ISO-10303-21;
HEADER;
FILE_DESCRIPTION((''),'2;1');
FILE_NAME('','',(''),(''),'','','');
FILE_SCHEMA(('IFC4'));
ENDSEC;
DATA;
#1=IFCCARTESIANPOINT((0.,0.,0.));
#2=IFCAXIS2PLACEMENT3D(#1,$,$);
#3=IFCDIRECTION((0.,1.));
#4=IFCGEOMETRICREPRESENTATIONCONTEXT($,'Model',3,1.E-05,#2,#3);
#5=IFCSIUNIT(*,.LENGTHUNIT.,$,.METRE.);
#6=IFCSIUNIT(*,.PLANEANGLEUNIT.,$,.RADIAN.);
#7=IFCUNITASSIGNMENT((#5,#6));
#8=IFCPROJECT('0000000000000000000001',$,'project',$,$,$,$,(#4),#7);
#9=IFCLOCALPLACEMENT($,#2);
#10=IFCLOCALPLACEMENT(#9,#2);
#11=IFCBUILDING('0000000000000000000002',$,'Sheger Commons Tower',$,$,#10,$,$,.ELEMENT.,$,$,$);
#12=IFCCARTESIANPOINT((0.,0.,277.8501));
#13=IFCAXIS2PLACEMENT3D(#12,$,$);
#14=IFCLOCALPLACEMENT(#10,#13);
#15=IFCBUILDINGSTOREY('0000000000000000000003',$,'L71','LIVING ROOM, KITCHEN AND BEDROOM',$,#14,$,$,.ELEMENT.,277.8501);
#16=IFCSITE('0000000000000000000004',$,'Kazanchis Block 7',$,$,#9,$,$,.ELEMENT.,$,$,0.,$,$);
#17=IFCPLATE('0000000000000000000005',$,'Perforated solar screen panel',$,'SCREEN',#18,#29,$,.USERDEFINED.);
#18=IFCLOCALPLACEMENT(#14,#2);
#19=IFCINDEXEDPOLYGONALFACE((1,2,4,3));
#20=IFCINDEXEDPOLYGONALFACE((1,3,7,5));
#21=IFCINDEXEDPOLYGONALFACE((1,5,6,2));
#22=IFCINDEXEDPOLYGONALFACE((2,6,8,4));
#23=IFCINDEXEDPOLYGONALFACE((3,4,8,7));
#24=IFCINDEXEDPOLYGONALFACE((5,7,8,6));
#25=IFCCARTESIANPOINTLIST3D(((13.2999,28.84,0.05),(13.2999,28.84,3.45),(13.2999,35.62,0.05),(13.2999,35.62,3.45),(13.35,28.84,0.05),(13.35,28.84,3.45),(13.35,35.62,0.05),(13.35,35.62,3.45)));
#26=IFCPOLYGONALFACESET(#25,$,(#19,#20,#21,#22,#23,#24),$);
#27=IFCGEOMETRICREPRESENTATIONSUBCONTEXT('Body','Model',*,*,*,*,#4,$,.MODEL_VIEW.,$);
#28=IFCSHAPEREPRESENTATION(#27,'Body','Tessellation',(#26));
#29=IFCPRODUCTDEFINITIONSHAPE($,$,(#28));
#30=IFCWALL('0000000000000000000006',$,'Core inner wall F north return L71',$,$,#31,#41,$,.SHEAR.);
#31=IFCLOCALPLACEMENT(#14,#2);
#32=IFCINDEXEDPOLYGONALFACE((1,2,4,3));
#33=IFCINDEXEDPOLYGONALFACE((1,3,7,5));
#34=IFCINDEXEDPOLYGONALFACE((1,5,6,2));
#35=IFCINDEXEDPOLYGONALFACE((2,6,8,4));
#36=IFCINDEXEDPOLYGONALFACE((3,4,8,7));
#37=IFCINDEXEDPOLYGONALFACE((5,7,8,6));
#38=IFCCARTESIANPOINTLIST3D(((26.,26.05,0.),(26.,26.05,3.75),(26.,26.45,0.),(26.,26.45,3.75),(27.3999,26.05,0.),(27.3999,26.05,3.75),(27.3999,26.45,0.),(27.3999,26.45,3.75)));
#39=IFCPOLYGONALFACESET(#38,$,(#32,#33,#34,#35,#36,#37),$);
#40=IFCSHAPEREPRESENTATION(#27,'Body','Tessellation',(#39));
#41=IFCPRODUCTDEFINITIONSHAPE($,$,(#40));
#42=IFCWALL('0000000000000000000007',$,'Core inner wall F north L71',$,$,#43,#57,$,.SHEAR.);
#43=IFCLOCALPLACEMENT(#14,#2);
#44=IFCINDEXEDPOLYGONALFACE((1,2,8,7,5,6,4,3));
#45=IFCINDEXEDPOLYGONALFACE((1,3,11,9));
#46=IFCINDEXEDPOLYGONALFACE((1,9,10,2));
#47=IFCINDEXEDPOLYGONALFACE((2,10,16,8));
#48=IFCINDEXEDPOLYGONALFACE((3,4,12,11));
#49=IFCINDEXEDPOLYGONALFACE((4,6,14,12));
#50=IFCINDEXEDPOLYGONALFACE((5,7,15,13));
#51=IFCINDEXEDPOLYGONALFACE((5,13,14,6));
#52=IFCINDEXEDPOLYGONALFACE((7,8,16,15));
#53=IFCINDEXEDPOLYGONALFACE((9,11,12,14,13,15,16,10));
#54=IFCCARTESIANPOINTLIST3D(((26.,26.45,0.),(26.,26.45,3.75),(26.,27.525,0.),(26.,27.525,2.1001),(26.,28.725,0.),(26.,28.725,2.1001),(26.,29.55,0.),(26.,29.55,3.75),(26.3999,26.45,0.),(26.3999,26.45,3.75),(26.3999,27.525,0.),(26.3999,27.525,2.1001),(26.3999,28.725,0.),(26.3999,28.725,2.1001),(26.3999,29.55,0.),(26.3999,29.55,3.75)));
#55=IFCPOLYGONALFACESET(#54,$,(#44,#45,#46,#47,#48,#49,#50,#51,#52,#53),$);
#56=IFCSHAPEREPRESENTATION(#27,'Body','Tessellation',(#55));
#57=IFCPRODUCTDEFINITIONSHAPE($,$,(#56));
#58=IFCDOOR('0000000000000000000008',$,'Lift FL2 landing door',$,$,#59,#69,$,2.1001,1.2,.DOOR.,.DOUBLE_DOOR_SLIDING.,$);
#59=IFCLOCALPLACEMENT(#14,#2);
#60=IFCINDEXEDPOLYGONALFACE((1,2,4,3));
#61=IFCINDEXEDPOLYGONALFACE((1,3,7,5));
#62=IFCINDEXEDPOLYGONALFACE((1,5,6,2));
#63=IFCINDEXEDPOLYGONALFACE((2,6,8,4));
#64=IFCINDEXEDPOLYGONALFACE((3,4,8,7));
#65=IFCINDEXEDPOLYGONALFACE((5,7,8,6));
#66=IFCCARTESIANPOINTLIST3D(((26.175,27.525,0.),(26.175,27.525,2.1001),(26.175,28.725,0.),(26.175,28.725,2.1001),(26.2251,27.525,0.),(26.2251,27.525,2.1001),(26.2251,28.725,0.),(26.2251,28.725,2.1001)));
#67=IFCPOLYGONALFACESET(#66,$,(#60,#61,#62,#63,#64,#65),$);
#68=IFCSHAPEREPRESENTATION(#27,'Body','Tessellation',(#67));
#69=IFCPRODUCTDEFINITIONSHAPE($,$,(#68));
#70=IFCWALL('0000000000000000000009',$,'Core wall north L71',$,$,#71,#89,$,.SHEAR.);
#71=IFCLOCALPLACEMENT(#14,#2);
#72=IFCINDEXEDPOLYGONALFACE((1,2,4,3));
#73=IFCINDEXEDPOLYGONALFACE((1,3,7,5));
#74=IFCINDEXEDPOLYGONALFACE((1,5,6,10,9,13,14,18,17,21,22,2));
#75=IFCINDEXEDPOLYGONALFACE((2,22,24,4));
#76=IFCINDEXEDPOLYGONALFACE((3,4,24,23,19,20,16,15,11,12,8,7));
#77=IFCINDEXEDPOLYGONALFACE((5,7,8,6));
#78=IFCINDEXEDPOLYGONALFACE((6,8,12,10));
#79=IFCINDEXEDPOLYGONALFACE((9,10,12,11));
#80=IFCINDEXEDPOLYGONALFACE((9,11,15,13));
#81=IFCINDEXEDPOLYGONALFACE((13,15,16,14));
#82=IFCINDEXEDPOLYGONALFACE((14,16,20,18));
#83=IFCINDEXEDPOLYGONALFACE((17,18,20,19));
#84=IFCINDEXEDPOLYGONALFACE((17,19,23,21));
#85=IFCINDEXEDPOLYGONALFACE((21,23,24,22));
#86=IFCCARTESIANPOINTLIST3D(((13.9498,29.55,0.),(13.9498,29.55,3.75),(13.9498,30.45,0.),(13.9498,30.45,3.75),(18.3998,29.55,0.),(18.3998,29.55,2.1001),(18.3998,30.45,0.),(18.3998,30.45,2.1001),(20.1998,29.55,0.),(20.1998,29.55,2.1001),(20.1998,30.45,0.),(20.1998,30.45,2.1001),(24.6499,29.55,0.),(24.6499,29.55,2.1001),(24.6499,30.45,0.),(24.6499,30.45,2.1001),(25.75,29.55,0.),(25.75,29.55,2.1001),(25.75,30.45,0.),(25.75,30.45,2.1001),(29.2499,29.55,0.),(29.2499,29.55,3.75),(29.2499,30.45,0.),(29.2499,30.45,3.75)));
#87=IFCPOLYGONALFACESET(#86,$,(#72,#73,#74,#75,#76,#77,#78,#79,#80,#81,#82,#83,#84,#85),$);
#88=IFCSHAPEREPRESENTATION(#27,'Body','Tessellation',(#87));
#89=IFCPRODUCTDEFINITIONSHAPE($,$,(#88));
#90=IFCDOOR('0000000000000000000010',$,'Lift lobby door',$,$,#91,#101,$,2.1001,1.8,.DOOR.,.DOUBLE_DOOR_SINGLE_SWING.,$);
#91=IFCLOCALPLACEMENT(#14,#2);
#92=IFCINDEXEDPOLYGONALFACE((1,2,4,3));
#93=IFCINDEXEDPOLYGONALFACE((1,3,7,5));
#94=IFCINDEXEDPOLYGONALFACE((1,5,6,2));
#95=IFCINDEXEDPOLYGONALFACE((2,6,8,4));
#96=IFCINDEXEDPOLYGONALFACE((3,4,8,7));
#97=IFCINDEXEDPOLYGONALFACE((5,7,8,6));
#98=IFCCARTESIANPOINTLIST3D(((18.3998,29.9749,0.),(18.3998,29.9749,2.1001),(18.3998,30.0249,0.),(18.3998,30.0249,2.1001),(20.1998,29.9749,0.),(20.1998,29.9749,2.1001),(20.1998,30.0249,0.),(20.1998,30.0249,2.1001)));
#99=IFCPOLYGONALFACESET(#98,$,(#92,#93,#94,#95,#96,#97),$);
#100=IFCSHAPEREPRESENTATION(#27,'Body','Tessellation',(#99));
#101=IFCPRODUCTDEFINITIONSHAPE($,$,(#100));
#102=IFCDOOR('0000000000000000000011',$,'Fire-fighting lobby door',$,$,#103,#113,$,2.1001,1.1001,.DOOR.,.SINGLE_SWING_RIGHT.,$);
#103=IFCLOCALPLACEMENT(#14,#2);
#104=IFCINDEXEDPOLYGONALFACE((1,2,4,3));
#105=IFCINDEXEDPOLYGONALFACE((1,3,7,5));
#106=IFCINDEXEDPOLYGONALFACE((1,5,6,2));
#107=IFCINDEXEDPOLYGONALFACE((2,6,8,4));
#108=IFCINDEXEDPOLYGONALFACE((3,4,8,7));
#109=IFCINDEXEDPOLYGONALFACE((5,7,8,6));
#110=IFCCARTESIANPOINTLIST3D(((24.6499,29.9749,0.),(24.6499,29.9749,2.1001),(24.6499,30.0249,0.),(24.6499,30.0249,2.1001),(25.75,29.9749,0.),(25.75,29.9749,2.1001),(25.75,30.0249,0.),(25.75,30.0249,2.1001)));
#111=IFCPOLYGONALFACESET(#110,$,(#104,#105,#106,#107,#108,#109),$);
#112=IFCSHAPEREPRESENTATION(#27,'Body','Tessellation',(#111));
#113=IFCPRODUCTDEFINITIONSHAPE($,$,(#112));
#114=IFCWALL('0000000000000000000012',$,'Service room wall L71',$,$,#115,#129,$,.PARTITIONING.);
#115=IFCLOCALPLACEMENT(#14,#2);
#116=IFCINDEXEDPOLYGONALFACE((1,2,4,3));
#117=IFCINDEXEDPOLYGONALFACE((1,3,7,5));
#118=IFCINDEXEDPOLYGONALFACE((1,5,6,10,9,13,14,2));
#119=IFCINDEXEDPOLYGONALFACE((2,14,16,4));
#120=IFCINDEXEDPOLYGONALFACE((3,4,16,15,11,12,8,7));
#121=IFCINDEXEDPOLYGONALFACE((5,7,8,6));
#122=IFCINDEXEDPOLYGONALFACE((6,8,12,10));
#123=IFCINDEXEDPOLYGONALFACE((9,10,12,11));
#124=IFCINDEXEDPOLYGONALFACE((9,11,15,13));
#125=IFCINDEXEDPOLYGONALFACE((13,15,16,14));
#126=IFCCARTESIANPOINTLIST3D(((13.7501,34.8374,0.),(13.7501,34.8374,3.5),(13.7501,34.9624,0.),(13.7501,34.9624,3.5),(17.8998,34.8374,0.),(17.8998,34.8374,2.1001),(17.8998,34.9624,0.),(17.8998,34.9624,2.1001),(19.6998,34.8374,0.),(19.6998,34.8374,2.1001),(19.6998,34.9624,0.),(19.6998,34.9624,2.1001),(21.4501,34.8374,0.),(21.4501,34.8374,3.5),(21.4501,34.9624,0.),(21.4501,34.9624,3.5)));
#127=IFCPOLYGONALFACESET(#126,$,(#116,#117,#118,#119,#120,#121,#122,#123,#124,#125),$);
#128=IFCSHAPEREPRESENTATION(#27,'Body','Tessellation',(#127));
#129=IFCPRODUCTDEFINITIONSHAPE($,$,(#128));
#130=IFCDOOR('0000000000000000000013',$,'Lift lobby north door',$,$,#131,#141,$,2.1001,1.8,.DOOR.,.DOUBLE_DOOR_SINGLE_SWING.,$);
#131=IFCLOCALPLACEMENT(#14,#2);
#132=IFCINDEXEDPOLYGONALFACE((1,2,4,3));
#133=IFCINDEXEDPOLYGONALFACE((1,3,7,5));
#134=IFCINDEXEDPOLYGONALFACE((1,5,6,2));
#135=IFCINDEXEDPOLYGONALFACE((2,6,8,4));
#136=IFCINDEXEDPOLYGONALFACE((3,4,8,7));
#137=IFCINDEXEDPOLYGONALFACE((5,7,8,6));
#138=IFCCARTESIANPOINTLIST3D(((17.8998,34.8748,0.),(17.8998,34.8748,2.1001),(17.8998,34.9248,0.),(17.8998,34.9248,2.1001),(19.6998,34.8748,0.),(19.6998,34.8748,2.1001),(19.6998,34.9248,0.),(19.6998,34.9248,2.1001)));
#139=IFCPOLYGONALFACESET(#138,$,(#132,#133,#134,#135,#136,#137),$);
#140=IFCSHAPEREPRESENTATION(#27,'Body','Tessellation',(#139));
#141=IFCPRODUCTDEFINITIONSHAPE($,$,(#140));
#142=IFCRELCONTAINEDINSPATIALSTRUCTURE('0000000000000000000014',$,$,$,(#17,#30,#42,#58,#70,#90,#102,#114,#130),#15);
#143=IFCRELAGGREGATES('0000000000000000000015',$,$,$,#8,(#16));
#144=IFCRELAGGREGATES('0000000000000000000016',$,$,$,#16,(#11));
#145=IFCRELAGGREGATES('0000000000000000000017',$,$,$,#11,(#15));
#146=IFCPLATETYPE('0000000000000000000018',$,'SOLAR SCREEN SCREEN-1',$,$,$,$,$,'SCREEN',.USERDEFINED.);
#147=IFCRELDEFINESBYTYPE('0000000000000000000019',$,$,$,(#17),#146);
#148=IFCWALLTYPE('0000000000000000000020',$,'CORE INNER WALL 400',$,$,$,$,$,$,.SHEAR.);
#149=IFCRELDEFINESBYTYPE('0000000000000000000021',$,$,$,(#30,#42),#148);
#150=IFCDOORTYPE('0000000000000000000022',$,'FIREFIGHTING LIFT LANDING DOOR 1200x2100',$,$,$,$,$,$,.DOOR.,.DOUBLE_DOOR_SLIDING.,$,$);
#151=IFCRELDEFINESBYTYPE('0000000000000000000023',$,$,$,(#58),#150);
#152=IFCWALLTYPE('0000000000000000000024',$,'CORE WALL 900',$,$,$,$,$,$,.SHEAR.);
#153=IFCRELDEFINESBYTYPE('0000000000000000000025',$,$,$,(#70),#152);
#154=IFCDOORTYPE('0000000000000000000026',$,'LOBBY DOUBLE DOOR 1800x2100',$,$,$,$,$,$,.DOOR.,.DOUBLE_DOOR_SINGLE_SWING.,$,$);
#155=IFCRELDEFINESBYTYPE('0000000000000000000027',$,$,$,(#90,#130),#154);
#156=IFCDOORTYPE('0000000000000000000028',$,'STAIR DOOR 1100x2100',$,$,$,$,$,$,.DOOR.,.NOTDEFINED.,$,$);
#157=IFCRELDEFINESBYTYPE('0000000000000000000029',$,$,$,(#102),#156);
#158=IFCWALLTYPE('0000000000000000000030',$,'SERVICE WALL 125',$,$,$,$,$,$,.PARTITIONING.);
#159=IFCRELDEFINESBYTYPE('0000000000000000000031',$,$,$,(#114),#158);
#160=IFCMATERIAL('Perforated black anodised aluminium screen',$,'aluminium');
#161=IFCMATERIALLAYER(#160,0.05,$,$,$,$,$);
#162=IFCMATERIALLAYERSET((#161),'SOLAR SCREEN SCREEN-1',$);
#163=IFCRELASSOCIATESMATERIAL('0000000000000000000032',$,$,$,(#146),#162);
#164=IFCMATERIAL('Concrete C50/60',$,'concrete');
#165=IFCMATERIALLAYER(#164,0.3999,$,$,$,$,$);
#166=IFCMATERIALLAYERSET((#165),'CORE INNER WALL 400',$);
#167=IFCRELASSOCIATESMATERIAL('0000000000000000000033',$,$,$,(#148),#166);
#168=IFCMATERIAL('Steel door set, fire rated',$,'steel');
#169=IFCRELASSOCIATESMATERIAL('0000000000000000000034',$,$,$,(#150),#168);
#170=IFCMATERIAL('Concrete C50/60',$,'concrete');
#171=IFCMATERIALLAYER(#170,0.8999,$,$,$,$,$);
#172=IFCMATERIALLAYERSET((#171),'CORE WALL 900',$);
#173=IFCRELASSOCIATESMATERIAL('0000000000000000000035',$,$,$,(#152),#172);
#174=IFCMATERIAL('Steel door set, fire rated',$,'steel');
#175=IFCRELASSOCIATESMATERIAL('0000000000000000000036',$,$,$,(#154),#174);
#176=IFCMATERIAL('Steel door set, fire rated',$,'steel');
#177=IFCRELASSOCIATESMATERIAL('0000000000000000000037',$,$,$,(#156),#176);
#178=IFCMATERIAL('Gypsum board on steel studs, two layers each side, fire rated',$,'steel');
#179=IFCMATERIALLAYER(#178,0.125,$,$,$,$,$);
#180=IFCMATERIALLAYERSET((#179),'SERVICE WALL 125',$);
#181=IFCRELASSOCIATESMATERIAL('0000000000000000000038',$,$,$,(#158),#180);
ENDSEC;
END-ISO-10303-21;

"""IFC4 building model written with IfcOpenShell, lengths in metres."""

from ifc_helpers import new_model, si_unit, direction, frame, frame_2d, origin, origin_2d, place, context, subcontext, project, spatial, rectangle, extrude, material, layer, layer_set, type_object, element, fill, save


model = new_model("IFC4")

# Units and contexts
model_context = context("Model", 3, precision=1e-05, world=origin(), true_north=direction((0.0, 1.0)))
body_context = subcontext(model_context, "Body", "Model", "MODEL_VIEW")
ifc_project = project(units=[si_unit("LENGTHUNIT", "METRE"), si_unit("PLANEANGLEUNIT", "RADIAN")], contexts=[model_context])

# Site, building, storey
site_placement = place(None, origin())
site = spatial("IfcSite", under=ifc_project, at=site_placement, Name="Kazanchis Block 7", CompositionType="ELEMENT", RefElevation=0.0)
building_placement = place(site_placement, origin())
building = spatial("IfcBuilding", under=site, at=building_placement, Name="Sheger Commons Tower", CompositionType="ELEMENT")
storey_placement = place(building_placement, frame((0.0, 0.0, 277.8501)))
storey = spatial("IfcBuildingStorey", under=building, at=storey_placement, Name="L71", Description="LIVING ROOM, KITCHEN AND BEDROOM", CompositionType="ELEMENT", Elevation=277.8501)

# Plate
ifc_material_1 = material(Name="Perforated black anodised aluminium screen", Category="aluminium")
ifc_layer_1 = layer(ifc_material_1, 0.05)
ifc_layer_set_1 = layer_set([ifc_layer_1], Name="SOLAR SCREEN SCREEN-1")
plate_type = type_object("IfcPlateType", Name="SOLAR SCREEN SCREEN-1", ElementType="SCREEN", PredefinedType="USERDEFINED", material=ifc_layer_set_1)
plate_placement = place(storey_placement, frame((13.325, 32.23, 0.05), z_axis=(0.0, 0.0, 1.0), x_axis=(0.0, -1.0, 0.0)))
element("IfcPlate", 1, at=plate_placement, inside=storey, type_object=plate_type, Name="Perforated solar screen panel", ObjectType="SCREEN", PredefinedType="USERDEFINED", context=body_context, shape_type="SweptSolid", body=[
    extrude(rectangle(XDim=6.78, YDim=0.05, at=origin_2d()), origin(), (0.0, 0.0, 1.0), 3.3999),
])

# Wall
ifc_material_2 = material(Name="Concrete C50/60", Category="concrete")
ifc_layer_2 = layer(ifc_material_2, 0.3999)
ifc_layer_set_2 = layer_set([ifc_layer_2], Name="CORE INNER WALL 400")
wall_type_1 = type_object("IfcWallType", Name="CORE INNER WALL 400", PredefinedType="SHEAR", material=ifc_layer_set_2)
wall_1_placement = place(storey_placement, frame((26.0, 26.25, 0.0), z_axis=(0.0, 0.0, 1.0), x_axis=(1.0, 0.0, 0.0)))
element("IfcWall", 2, at=wall_1_placement, inside=storey, type_object=wall_type_1, Name="Core inner wall F north return L71", PredefinedType="SHEAR", context=body_context, shape_type="SweptSolid", body=[
    extrude(rectangle(XDim=1.3999, YDim=0.3999, at=frame_2d((0.7, 0.0))), origin(), (0.0, 0.0, 1.0), 3.75),
])

# Wall, opening, door
wall_2_placement = place(storey_placement, frame((26.2, 26.45, 0.0), z_axis=(0.0, 0.0, 1.0), x_axis=(0.0, 1.0, 0.0)))
wall_2 = element("IfcWall", 3, at=wall_2_placement, inside=storey, type_object=wall_type_1, Name="Core inner wall F north L71", PredefinedType="SHEAR", context=body_context, shape_type="SweptSolid", body=[
    extrude(rectangle(XDim=3.1001, YDim=0.3999, at=frame_2d((1.55, 0.0))), origin(), (0.0, 0.0, 1.0), 3.75),
])
opening_1_placement = place(wall_2_placement, frame((1.075, 0.0, 0.0)))
opening_1 = element("IfcOpeningElement", 4, at=opening_1_placement, cuts=wall_2, PredefinedType="OPENING", context=body_context, shape_type="SweptSolid", body=[
    extrude(rectangle(XDim=1.2, YDim=2.1001, at=frame_2d((0.6001, 1.05))), frame((0.0, 0.21, 0.0), z_axis=(0.0, -1.0, 0.0), x_axis=(1.0, 0.0, 0.0)), (0.0, 0.0, 1.0), 0.4199),
])
ifc_material_3 = material(Name="Steel door set, fire rated", Category="steel")
door_type_1 = type_object("IfcDoorType", Name="FIREFIGHTING LIFT LANDING DOOR 1200x2100", OperationType="DOUBLE_DOOR_SLIDING", PredefinedType="DOOR", material=ifc_material_3)
door_1_placement = place(opening_1_placement, origin())
door_1 = element("IfcDoor", 5, at=door_1_placement, inside=storey, type_object=door_type_1, Name="Lift FL2 landing door", OperationType="DOUBLE_DOOR_SLIDING", OverallHeight=2.1001, OverallWidth=1.2, PredefinedType="DOOR", context=body_context, shape_type="SweptSolid", body=[
    extrude(rectangle(XDim=1.2, YDim=2.1001, at=frame_2d((0.6001, 1.05))), frame((0.0, 0.0249, 0.0), z_axis=(0.0, -1.0, 0.0), x_axis=(1.0, 0.0, 0.0)), (0.0, 0.0, 1.0), 0.05),
])
fill(opening_1, door_1)

# Wall, openings, doors
ifc_material_4 = material(Name="Concrete C50/60", Category="concrete")
ifc_layer_3 = layer(ifc_material_4, 0.8999)
ifc_layer_set_3 = layer_set([ifc_layer_3], Name="CORE WALL 900")
wall_type_2 = type_object("IfcWallType", Name="CORE WALL 900", PredefinedType="SHEAR", material=ifc_layer_set_3)
wall_3_placement = place(storey_placement, frame((13.95, 30.0, 0.0), z_axis=(0.0, 0.0, 1.0), x_axis=(1.0, 0.0, 0.0)))
wall_3 = element("IfcWall", 6, at=wall_3_placement, inside=storey, type_object=wall_type_2, Name="Core wall north L71", PredefinedType="SHEAR", context=body_context, shape_type="SweptSolid", body=[
    extrude(rectangle(XDim=15.3, YDim=0.8999, at=frame_2d((7.6499, 0.0))), origin(), (0.0, 0.0, 1.0), 3.75),
])
opening_2_placement = place(wall_3_placement, frame((4.45, 0.0, 0.0)))
opening_2 = element("IfcOpeningElement", 7, at=opening_2_placement, cuts=wall_3, PredefinedType="OPENING", context=body_context, shape_type="SweptSolid", body=[
    extrude(rectangle(XDim=1.8, YDim=2.1001, at=frame_2d((0.8999, 1.05))), frame((0.0, 0.46, 0.0), z_axis=(0.0, -1.0, 0.0), x_axis=(1.0, 0.0, 0.0)), (0.0, 0.0, 1.0), 0.9199),
])
opening_3_placement = place(wall_3_placement, frame((10.7, 0.0, 0.0)))
opening_3 = element("IfcOpeningElement", 8, at=opening_3_placement, cuts=wall_3, PredefinedType="OPENING", context=body_context, shape_type="SweptSolid", body=[
    extrude(rectangle(XDim=1.1001, YDim=2.1001, at=frame_2d((0.55, 1.05))), frame((0.0, 0.46, 0.0), z_axis=(0.0, -1.0, 0.0), x_axis=(1.0, 0.0, 0.0)), (0.0, 0.0, 1.0), 0.9199),
])
ifc_material_5 = material(Name="Steel door set, fire rated", Category="steel")
door_type_2 = type_object("IfcDoorType", Name="LOBBY DOUBLE DOOR 1800x2100", OperationType="DOUBLE_DOOR_SINGLE_SWING", PredefinedType="DOOR", material=ifc_material_5)
door_2_placement = place(opening_2_placement, origin())
door_2 = element("IfcDoor", 9, at=door_2_placement, inside=storey, type_object=door_type_2, Name="Lift lobby door", OperationType="DOUBLE_DOOR_SINGLE_SWING", OverallHeight=2.1001, OverallWidth=1.8, PredefinedType="DOOR", context=body_context, shape_type="SweptSolid", body=[
    extrude(rectangle(XDim=1.8, YDim=2.1001, at=frame_2d((0.8999, 1.05))), frame((0.0, 0.0249, 0.0), z_axis=(0.0, -1.0, 0.0), x_axis=(1.0, 0.0, 0.0)), (0.0, 0.0, 1.0), 0.05),
])
fill(opening_2, door_2)
ifc_material_6 = material(Name="Steel door set, fire rated", Category="steel")
door_type_3 = type_object("IfcDoorType", Name="STAIR DOOR 1100x2100", OperationType="NOTDEFINED", PredefinedType="DOOR", material=ifc_material_6)
door_3_placement = place(opening_3_placement, origin())
door_3 = element("IfcDoor", 10, at=door_3_placement, inside=storey, type_object=door_type_3, Name="Fire-fighting lobby door", OperationType="SINGLE_SWING_RIGHT", OverallHeight=2.1001, OverallWidth=1.1001, PredefinedType="DOOR", context=body_context, shape_type="SweptSolid", body=[
    extrude(rectangle(XDim=1.1001, YDim=2.1001, at=frame_2d((0.55, 1.05))), frame((0.0, 0.0249, 0.0), z_axis=(0.0, -1.0, 0.0), x_axis=(1.0, 0.0, 0.0)), (0.0, 0.0, 1.0), 0.05),
])
fill(opening_3, door_3)

# Wall, opening, door
ifc_material_7 = material(Name="Gypsum board on steel studs, two layers each side, fire rated", Category="steel")
ifc_layer_4 = layer(ifc_material_7, 0.125)
ifc_layer_set_4 = layer_set([ifc_layer_4], Name="SERVICE WALL 125")
wall_type_3 = type_object("IfcWallType", Name="SERVICE WALL 125", PredefinedType="PARTITIONING", material=ifc_layer_set_4)
wall_4_placement = place(storey_placement, frame((13.75, 34.8999, 0.0), z_axis=(0.0, 0.0, 1.0), x_axis=(1.0, 0.0, 0.0)))
wall_4 = element("IfcWall", 11, at=wall_4_placement, inside=storey, type_object=wall_type_3, Name="Service room wall L71", PredefinedType="PARTITIONING", context=body_context, shape_type="SweptSolid", body=[
    extrude(rectangle(XDim=7.7, YDim=0.125, at=frame_2d((3.8501, 0.0))), origin(), (0.0, 0.0, 1.0), 3.5),
])
opening_4_placement = place(wall_4_placement, frame((4.1499, 0.0, 0.0)))
opening_4 = element("IfcOpeningElement", 12, at=opening_4_placement, cuts=wall_4, PredefinedType="OPENING", context=body_context, shape_type="SweptSolid", body=[
    extrude(rectangle(XDim=1.8, YDim=2.1001, at=frame_2d((0.8999, 1.05))), frame((0.0, 0.0725, 0.0), z_axis=(0.0, -1.0, 0.0), x_axis=(1.0, 0.0, 0.0)), (0.0, 0.0, 1.0), 0.145),
])
door_4_placement = place(opening_4_placement, origin())
door_4 = element("IfcDoor", 13, at=door_4_placement, inside=storey, type_object=door_type_2, Name="Lift lobby north door", OperationType="DOUBLE_DOOR_SINGLE_SWING", OverallHeight=2.1001, OverallWidth=1.8, PredefinedType="DOOR", context=body_context, shape_type="SweptSolid", body=[
    extrude(rectangle(XDim=1.8, YDim=2.1001, at=frame_2d((0.8999, 1.05))), frame((0.0, 0.0249, 0.0), z_axis=(0.0, -1.0, 0.0), x_axis=(1.0, 0.0, 0.0)), (0.0, 0.0, 1.0), 0.05),
])
fill(opening_4, door_4)

save(model, "model.ifc")
